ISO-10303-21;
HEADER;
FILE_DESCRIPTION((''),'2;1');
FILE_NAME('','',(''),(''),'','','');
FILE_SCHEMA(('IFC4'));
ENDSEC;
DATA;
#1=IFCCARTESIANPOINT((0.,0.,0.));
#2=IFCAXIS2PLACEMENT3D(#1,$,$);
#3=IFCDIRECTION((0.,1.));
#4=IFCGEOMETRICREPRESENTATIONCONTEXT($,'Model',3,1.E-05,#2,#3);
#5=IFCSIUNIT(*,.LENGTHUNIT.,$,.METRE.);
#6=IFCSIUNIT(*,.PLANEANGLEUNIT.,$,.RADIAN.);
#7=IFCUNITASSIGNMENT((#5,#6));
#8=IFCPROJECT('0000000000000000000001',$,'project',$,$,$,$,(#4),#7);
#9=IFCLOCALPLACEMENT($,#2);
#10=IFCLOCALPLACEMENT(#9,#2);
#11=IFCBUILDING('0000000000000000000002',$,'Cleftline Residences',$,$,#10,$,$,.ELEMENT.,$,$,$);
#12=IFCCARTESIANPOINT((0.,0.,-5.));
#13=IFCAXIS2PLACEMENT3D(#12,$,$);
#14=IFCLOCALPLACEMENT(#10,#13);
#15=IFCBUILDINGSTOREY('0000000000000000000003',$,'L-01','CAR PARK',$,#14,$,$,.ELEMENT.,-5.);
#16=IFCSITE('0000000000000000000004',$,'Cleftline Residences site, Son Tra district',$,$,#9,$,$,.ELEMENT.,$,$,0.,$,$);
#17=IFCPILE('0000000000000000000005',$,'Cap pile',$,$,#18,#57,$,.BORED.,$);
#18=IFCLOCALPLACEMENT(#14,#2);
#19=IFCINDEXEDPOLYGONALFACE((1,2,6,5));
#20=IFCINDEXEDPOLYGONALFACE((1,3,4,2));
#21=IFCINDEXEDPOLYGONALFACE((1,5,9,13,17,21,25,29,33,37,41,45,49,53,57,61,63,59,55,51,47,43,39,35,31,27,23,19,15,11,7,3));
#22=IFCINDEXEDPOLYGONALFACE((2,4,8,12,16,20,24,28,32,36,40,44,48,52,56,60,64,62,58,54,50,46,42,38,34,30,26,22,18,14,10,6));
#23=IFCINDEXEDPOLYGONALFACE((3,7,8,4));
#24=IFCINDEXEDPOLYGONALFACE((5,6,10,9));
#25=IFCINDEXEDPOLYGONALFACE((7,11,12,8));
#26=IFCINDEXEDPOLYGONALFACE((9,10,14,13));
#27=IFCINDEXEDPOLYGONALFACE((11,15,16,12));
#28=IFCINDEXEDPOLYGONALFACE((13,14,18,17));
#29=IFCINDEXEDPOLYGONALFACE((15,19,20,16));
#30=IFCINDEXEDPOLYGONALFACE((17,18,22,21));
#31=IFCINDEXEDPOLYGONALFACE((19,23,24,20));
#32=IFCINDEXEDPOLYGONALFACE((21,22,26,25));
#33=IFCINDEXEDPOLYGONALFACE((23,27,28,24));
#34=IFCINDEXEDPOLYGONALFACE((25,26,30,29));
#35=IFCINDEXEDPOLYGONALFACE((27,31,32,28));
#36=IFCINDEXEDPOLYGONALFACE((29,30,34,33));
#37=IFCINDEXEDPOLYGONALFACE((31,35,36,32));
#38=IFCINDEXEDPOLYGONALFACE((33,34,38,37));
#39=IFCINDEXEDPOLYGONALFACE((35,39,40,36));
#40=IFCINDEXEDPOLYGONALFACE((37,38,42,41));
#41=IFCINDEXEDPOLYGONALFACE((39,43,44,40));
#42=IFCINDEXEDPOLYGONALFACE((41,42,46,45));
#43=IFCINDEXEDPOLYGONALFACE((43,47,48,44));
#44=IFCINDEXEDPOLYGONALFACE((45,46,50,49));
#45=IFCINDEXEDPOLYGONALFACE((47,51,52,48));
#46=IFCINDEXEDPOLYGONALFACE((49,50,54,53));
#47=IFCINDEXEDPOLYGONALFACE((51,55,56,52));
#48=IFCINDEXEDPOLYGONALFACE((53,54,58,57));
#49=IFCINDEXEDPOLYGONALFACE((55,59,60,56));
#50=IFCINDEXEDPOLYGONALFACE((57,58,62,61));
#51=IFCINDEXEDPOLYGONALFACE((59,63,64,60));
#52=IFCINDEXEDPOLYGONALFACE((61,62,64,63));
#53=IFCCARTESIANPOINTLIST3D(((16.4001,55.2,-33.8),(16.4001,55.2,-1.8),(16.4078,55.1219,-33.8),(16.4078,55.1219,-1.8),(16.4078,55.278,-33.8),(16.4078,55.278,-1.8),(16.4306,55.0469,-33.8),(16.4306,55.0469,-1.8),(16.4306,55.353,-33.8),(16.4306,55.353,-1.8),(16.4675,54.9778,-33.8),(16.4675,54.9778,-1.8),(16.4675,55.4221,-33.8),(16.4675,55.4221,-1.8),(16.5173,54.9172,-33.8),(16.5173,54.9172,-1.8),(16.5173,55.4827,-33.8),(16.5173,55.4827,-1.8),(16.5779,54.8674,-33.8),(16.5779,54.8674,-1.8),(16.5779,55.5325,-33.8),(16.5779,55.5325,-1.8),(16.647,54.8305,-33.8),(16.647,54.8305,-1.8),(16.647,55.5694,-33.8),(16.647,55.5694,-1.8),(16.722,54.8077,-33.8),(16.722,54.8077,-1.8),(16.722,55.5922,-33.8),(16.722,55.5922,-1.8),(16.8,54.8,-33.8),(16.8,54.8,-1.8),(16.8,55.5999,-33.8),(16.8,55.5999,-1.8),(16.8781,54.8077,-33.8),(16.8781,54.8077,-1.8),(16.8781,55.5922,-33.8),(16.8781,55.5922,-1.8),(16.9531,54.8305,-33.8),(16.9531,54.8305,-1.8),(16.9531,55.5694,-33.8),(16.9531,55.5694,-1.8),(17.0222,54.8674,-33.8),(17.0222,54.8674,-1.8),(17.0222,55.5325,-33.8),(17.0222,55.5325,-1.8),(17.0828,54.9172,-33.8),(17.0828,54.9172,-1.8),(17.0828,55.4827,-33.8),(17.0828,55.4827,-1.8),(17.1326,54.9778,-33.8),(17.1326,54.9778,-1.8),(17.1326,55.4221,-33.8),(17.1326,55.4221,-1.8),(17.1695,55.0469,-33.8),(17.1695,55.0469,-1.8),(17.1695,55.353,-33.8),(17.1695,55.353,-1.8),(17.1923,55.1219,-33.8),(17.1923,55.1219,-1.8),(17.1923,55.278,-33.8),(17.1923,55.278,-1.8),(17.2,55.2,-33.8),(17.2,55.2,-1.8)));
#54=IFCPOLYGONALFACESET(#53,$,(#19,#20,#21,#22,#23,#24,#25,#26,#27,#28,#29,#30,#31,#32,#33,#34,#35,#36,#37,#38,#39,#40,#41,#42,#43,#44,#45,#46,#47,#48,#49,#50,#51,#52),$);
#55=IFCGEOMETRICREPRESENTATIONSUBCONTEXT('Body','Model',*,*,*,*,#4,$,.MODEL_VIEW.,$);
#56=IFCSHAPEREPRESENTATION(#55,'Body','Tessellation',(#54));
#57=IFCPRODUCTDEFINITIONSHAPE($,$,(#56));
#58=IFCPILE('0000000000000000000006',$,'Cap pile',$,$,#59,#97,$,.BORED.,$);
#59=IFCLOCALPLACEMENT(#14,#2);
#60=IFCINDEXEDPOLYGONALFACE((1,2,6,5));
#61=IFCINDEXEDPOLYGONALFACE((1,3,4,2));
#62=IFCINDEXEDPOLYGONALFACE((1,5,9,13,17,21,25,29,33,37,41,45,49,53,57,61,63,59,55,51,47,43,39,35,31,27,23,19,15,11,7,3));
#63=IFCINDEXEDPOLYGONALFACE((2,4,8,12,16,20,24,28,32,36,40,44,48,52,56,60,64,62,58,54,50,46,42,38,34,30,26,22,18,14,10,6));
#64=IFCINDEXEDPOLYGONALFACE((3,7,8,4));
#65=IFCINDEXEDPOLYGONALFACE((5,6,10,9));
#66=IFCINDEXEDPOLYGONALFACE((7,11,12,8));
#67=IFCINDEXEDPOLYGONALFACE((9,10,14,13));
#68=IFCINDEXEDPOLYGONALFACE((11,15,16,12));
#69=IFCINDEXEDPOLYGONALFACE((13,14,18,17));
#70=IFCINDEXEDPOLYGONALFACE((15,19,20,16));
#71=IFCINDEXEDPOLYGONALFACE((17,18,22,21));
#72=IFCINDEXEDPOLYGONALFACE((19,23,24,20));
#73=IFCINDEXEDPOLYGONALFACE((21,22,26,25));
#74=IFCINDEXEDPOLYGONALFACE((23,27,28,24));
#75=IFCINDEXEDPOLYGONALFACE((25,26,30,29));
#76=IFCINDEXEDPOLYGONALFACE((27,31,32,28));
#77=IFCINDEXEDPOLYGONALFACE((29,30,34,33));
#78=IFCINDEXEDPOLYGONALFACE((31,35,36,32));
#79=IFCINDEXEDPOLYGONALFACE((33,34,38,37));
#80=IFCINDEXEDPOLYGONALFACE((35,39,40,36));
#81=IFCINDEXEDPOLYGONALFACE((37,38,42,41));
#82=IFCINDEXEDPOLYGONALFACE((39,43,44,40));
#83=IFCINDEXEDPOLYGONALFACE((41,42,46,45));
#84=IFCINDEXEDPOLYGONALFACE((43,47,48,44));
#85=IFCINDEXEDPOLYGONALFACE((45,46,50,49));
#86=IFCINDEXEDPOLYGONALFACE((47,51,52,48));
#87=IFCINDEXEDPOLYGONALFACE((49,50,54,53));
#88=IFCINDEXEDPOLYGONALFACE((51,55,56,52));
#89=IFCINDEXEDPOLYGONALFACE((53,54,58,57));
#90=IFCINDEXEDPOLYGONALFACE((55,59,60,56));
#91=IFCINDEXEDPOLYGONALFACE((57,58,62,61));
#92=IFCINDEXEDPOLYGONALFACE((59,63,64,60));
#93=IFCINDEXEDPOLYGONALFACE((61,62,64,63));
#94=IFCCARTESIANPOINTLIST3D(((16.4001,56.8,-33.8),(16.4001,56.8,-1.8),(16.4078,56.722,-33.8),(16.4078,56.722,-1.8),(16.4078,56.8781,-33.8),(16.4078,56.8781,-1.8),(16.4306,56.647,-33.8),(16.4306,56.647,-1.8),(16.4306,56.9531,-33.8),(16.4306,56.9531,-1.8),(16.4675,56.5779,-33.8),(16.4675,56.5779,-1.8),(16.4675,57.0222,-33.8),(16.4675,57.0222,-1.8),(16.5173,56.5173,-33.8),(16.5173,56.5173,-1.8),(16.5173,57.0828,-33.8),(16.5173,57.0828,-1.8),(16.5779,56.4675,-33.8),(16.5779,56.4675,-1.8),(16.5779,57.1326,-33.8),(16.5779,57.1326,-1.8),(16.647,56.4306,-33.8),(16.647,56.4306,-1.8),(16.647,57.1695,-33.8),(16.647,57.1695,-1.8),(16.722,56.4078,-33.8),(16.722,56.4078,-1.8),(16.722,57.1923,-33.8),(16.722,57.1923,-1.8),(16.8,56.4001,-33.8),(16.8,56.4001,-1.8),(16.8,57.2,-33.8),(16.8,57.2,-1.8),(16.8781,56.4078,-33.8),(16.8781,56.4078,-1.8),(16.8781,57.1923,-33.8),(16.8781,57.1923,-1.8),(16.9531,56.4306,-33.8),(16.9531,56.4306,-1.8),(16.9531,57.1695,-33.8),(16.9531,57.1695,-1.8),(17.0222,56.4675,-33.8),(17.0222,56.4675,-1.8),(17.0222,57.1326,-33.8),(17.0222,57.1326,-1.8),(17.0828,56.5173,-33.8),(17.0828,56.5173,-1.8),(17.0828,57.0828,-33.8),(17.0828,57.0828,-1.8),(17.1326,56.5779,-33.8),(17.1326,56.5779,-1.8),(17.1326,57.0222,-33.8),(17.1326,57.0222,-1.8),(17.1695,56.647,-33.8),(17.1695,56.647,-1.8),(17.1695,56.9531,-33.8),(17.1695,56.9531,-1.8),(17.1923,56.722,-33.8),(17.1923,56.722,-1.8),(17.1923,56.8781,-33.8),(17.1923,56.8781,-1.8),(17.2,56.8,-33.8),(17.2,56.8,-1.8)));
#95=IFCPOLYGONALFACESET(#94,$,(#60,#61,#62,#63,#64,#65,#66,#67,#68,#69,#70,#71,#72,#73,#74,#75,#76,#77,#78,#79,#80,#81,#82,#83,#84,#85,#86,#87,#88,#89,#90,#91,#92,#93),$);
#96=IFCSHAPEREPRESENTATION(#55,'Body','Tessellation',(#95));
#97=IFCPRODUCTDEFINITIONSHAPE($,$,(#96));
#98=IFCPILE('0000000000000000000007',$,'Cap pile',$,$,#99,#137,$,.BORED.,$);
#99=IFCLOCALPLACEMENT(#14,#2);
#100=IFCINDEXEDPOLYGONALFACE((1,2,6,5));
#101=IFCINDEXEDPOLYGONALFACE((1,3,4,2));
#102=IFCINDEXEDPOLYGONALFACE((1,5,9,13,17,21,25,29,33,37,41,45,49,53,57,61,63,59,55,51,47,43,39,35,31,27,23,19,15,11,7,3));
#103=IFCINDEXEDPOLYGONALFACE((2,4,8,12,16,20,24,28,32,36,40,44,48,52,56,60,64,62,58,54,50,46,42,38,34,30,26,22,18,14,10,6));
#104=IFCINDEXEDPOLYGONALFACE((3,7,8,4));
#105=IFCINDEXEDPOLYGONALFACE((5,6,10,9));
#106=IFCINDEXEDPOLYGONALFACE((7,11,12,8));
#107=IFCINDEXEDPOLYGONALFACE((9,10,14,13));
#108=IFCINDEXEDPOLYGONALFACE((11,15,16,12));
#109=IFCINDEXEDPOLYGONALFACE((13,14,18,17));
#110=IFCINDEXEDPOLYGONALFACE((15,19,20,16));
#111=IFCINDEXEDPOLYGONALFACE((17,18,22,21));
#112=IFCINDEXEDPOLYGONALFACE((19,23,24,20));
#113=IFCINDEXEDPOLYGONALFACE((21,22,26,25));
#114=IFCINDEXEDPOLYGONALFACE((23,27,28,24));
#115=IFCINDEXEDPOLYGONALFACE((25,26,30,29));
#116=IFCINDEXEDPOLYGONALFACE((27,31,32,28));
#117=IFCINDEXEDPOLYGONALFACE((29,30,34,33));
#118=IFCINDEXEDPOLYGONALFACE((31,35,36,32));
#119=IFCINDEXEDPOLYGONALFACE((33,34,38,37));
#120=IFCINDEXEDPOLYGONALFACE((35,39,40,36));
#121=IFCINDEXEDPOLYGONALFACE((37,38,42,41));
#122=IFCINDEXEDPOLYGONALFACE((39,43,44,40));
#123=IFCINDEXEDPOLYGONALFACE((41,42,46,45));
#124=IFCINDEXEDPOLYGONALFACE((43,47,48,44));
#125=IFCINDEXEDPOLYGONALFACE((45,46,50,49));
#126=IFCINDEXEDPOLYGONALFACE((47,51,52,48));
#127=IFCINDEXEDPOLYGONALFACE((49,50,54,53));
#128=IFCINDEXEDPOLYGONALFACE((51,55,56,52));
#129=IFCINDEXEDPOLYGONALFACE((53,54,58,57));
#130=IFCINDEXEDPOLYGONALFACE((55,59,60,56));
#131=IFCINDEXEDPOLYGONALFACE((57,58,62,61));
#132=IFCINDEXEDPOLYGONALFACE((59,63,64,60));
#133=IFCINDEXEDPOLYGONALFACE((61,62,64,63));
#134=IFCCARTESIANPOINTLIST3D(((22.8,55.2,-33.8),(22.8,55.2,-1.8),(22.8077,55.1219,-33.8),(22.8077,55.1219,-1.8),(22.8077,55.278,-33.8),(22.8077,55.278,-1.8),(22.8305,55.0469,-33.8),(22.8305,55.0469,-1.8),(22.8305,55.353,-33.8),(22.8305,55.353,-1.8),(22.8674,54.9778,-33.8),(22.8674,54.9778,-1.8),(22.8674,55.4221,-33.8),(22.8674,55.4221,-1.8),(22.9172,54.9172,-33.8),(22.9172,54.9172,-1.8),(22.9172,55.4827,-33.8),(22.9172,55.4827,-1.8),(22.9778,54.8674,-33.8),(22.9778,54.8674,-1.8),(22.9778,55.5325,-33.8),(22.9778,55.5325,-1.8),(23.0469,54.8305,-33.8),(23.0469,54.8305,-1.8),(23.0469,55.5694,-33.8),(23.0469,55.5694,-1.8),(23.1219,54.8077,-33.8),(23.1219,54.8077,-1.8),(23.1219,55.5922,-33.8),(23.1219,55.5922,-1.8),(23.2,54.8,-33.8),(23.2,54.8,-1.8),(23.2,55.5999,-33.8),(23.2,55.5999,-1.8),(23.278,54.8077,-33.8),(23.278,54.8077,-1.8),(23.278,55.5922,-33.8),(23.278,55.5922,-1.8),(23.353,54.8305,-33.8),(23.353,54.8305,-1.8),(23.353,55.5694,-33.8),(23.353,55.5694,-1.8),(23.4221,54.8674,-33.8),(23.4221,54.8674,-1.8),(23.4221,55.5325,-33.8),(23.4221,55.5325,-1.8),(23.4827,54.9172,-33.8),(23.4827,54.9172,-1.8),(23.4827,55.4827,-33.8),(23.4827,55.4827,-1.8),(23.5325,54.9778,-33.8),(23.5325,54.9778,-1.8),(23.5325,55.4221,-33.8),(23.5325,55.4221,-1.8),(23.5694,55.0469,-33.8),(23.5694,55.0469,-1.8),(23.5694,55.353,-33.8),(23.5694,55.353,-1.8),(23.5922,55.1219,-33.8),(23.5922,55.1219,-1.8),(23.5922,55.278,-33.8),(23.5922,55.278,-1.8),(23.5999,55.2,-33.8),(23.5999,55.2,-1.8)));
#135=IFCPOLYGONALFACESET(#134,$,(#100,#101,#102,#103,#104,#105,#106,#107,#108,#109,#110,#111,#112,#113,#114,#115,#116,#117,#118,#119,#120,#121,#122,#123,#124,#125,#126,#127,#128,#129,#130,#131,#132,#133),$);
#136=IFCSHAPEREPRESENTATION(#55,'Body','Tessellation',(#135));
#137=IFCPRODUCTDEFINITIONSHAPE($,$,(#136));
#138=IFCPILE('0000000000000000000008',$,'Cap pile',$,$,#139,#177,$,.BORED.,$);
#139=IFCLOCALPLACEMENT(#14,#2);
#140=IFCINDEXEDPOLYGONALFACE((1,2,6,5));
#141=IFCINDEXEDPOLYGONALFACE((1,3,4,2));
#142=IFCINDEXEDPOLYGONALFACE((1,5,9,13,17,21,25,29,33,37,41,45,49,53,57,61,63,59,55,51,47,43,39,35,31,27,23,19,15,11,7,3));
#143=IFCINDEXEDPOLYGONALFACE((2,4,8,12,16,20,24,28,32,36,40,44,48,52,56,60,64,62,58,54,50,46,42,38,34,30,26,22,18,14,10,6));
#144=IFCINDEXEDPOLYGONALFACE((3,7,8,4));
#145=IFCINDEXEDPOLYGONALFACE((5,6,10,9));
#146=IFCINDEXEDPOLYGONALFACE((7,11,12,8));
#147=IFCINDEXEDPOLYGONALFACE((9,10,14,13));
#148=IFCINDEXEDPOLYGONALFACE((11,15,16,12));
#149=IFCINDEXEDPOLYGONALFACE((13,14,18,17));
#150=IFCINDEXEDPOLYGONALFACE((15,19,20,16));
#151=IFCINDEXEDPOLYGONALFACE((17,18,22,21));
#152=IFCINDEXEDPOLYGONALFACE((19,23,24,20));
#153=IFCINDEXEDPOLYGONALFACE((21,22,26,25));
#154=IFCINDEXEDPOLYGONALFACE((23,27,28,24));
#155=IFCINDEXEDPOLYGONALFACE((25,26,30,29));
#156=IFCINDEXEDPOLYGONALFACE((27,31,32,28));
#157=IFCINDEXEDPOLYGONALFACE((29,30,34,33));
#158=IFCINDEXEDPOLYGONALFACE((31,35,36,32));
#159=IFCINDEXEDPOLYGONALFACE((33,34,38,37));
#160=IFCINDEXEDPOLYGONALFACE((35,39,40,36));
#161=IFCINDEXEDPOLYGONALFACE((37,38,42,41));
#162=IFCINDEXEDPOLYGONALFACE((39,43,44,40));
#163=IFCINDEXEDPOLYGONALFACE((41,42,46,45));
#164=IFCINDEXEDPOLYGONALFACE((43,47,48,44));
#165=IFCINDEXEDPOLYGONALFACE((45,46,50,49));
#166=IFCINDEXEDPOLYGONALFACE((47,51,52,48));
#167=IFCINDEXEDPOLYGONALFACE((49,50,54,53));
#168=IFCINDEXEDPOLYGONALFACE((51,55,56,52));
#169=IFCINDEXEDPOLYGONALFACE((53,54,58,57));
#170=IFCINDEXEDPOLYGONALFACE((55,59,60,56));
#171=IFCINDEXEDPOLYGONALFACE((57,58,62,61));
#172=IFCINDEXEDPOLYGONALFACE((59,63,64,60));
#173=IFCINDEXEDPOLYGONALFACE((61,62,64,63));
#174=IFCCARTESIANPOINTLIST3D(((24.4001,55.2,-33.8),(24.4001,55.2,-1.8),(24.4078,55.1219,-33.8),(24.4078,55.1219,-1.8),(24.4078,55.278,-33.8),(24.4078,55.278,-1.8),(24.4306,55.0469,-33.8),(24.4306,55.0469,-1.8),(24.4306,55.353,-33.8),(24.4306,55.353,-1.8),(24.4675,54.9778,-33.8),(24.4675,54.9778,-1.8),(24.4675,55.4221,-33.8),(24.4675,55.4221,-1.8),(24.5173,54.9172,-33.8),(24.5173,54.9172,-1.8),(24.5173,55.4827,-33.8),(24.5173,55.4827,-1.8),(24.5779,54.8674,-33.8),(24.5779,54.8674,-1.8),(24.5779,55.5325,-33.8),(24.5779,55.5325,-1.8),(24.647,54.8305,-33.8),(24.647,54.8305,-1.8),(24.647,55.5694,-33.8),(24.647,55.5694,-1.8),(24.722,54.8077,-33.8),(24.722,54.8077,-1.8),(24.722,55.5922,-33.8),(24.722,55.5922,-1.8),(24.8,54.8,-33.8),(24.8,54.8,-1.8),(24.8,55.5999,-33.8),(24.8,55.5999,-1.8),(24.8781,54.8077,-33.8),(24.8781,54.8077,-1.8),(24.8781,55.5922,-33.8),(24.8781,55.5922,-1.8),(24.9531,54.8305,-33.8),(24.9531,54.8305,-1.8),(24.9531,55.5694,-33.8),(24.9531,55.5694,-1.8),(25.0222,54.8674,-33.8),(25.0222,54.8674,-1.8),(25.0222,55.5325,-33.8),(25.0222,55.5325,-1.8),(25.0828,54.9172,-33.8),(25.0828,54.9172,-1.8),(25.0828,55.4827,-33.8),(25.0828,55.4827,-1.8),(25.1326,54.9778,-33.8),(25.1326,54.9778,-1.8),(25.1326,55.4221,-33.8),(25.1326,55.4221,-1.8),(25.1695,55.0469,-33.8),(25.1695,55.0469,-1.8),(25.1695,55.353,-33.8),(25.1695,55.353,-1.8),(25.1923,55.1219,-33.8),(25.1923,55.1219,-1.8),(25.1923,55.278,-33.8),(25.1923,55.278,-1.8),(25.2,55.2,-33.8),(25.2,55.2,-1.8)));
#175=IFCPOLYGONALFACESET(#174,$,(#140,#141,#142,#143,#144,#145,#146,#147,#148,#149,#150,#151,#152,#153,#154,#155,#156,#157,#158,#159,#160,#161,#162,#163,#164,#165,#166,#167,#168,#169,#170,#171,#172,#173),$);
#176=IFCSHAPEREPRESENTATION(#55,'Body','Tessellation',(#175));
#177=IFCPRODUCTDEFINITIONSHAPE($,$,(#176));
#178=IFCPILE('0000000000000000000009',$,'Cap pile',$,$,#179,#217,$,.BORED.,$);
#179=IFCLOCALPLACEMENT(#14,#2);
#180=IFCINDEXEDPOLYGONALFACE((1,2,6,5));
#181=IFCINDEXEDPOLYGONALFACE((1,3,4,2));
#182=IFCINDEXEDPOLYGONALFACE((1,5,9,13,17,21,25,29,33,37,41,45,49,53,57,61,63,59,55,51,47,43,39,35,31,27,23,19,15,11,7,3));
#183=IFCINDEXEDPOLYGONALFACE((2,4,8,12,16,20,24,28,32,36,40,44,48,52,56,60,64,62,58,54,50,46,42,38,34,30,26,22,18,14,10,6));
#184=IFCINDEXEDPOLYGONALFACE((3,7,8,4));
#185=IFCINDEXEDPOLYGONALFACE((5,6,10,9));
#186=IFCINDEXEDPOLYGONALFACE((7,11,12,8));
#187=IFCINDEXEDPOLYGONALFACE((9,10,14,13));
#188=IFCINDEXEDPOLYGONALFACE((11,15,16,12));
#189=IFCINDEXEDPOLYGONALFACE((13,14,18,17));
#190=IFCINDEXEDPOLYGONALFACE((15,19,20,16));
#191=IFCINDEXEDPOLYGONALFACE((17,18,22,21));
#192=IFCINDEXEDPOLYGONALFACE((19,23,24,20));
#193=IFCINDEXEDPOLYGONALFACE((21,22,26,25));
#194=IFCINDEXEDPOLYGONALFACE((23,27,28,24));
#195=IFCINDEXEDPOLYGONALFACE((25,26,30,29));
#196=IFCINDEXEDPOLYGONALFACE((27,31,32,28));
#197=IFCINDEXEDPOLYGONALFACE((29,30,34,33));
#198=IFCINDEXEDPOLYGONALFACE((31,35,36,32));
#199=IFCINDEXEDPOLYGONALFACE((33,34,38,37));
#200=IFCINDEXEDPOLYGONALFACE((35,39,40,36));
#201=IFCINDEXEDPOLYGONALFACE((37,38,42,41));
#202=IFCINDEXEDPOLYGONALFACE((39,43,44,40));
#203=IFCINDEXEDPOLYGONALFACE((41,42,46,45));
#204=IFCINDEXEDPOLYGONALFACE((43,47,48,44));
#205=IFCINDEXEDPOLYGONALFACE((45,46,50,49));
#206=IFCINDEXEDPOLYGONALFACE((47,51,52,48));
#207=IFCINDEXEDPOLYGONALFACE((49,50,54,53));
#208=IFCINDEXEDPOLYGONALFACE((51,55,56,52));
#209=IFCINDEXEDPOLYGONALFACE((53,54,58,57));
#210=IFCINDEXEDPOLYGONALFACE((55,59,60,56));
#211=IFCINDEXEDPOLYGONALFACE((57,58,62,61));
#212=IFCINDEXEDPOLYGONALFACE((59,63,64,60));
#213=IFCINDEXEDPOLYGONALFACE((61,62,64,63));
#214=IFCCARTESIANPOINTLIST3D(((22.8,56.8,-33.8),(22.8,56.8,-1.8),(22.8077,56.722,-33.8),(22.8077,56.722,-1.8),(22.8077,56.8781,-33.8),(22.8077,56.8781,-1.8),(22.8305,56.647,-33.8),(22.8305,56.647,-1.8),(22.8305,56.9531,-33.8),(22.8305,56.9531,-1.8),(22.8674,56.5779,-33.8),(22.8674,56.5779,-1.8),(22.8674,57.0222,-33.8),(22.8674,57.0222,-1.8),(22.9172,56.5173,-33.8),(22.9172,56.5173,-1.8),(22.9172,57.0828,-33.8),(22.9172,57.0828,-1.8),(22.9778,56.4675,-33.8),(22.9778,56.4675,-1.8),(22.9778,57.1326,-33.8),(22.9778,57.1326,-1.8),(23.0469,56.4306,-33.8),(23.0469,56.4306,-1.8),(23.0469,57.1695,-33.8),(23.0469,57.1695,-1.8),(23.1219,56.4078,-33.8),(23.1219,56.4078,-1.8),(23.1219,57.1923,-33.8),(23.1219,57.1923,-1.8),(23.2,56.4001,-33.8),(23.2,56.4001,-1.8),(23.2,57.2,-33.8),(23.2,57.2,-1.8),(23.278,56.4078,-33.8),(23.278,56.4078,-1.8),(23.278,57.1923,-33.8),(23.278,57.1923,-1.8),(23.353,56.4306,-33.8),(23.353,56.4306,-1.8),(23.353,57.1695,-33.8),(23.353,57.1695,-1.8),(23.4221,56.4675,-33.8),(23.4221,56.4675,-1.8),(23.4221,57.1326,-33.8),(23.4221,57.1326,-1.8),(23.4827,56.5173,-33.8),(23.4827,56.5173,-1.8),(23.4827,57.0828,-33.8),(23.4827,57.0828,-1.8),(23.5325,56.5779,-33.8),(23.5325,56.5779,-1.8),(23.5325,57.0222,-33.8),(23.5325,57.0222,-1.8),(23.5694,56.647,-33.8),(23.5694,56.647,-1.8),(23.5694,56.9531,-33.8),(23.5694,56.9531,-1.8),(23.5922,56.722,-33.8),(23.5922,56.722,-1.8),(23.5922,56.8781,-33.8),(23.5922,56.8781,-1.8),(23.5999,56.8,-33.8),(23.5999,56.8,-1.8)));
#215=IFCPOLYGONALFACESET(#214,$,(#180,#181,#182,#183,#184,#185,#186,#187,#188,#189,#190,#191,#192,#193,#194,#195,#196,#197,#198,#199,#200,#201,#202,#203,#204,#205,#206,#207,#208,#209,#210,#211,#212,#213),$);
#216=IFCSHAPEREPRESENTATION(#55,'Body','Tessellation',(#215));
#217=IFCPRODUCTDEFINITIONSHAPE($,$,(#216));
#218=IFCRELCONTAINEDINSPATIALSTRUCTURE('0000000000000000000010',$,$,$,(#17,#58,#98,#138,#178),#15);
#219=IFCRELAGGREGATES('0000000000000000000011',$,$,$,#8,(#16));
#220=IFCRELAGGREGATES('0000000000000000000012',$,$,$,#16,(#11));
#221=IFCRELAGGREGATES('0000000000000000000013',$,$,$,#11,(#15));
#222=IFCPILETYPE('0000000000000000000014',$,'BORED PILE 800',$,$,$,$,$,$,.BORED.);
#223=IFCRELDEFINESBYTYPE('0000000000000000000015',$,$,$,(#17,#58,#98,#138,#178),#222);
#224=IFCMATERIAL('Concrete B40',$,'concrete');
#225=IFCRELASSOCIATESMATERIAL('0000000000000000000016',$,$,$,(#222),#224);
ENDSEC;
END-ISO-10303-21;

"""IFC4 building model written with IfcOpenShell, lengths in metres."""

from ifc_helpers import new_model, si_unit, direction, frame, origin, origin_2d, place, context, subcontext, project, spatial, circle, extrude, material, material_profile, profile_set, type_object, element, save


model = new_model("IFC4")

# Units and contexts
model_context = context("Model", 3, precision=1e-05, world=origin(), true_north=direction((0.0, 1.0)))
body_context = subcontext(model_context, "Body", "Model", "MODEL_VIEW")
ifc_project = project(units=[si_unit("LENGTHUNIT", "METRE"), si_unit("PLANEANGLEUNIT", "RADIAN")], contexts=[model_context])

# Site, building, storey
site_placement = place(None, origin())
site = spatial("IfcSite", under=ifc_project, at=site_placement, Name="Cleftline Residences site, Son Tra district", CompositionType="ELEMENT", RefElevation=0.0)
building_placement = place(site_placement, origin())
building = spatial("IfcBuilding", under=site, at=building_placement, Name="Cleftline Residences", CompositionType="ELEMENT")
storey_placement = place(building_placement, frame((0.0, 0.0, -5.0)))
storey = spatial("IfcBuildingStorey", under=building, at=storey_placement, Name="L-01", Description="CAR PARK", CompositionType="ELEMENT", Elevation=-5.0)

# Piles
ifc_material_1 = material(Name="Concrete B40", Category="concrete")
ifc_material_profile_1 = material_profile(ifc_material_1, circle(Radius=0.3999, at=origin_2d()))
ifc_profile_set_1 = profile_set([ifc_material_profile_1], Name="Concrete B40")
pile_type_1 = type_object("IfcPileType", Name="BORED PILE 800", PredefinedType="BORED", material=ifc_profile_set_1)
for number, where, z_axis, x_axis, name in (
    (1, (16.8, 55.2, -1.8), (0.0, 0.0, -1.0), (1.0, 0.0, 0.0), "Cap pile"),
    (2, (16.8, 56.8, -1.8), (0.0, 0.0, -1.0), (1.0, 0.0, 0.0), "Cap pile"),
    (3, (23.2, 55.2, -1.8), (0.0, 0.0, -1.0), (1.0, 0.0, 0.0), "Cap pile"),
    (4, (24.8, 55.2, -1.8), (0.0, 0.0, -1.0), (1.0, 0.0, 0.0), "Cap pile"),
    (5, (23.2, 56.8, -1.8), (0.0, 0.0, -1.0), (1.0, 0.0, 0.0), "Cap pile"),
):
    element("IfcPile", number, at=place(storey_placement, frame(where, z_axis=z_axis, x_axis=x_axis)), inside=storey, type_object=pile_type_1, Name=name, PredefinedType="BORED", context=body_context, shape_type="SweptSolid", body=[
        extrude(circle(Radius=0.3999, at=origin_2d()), origin(), (0.0, 0.0, 1.0), 32.0),
    ])

save(model, "model.ifc")
